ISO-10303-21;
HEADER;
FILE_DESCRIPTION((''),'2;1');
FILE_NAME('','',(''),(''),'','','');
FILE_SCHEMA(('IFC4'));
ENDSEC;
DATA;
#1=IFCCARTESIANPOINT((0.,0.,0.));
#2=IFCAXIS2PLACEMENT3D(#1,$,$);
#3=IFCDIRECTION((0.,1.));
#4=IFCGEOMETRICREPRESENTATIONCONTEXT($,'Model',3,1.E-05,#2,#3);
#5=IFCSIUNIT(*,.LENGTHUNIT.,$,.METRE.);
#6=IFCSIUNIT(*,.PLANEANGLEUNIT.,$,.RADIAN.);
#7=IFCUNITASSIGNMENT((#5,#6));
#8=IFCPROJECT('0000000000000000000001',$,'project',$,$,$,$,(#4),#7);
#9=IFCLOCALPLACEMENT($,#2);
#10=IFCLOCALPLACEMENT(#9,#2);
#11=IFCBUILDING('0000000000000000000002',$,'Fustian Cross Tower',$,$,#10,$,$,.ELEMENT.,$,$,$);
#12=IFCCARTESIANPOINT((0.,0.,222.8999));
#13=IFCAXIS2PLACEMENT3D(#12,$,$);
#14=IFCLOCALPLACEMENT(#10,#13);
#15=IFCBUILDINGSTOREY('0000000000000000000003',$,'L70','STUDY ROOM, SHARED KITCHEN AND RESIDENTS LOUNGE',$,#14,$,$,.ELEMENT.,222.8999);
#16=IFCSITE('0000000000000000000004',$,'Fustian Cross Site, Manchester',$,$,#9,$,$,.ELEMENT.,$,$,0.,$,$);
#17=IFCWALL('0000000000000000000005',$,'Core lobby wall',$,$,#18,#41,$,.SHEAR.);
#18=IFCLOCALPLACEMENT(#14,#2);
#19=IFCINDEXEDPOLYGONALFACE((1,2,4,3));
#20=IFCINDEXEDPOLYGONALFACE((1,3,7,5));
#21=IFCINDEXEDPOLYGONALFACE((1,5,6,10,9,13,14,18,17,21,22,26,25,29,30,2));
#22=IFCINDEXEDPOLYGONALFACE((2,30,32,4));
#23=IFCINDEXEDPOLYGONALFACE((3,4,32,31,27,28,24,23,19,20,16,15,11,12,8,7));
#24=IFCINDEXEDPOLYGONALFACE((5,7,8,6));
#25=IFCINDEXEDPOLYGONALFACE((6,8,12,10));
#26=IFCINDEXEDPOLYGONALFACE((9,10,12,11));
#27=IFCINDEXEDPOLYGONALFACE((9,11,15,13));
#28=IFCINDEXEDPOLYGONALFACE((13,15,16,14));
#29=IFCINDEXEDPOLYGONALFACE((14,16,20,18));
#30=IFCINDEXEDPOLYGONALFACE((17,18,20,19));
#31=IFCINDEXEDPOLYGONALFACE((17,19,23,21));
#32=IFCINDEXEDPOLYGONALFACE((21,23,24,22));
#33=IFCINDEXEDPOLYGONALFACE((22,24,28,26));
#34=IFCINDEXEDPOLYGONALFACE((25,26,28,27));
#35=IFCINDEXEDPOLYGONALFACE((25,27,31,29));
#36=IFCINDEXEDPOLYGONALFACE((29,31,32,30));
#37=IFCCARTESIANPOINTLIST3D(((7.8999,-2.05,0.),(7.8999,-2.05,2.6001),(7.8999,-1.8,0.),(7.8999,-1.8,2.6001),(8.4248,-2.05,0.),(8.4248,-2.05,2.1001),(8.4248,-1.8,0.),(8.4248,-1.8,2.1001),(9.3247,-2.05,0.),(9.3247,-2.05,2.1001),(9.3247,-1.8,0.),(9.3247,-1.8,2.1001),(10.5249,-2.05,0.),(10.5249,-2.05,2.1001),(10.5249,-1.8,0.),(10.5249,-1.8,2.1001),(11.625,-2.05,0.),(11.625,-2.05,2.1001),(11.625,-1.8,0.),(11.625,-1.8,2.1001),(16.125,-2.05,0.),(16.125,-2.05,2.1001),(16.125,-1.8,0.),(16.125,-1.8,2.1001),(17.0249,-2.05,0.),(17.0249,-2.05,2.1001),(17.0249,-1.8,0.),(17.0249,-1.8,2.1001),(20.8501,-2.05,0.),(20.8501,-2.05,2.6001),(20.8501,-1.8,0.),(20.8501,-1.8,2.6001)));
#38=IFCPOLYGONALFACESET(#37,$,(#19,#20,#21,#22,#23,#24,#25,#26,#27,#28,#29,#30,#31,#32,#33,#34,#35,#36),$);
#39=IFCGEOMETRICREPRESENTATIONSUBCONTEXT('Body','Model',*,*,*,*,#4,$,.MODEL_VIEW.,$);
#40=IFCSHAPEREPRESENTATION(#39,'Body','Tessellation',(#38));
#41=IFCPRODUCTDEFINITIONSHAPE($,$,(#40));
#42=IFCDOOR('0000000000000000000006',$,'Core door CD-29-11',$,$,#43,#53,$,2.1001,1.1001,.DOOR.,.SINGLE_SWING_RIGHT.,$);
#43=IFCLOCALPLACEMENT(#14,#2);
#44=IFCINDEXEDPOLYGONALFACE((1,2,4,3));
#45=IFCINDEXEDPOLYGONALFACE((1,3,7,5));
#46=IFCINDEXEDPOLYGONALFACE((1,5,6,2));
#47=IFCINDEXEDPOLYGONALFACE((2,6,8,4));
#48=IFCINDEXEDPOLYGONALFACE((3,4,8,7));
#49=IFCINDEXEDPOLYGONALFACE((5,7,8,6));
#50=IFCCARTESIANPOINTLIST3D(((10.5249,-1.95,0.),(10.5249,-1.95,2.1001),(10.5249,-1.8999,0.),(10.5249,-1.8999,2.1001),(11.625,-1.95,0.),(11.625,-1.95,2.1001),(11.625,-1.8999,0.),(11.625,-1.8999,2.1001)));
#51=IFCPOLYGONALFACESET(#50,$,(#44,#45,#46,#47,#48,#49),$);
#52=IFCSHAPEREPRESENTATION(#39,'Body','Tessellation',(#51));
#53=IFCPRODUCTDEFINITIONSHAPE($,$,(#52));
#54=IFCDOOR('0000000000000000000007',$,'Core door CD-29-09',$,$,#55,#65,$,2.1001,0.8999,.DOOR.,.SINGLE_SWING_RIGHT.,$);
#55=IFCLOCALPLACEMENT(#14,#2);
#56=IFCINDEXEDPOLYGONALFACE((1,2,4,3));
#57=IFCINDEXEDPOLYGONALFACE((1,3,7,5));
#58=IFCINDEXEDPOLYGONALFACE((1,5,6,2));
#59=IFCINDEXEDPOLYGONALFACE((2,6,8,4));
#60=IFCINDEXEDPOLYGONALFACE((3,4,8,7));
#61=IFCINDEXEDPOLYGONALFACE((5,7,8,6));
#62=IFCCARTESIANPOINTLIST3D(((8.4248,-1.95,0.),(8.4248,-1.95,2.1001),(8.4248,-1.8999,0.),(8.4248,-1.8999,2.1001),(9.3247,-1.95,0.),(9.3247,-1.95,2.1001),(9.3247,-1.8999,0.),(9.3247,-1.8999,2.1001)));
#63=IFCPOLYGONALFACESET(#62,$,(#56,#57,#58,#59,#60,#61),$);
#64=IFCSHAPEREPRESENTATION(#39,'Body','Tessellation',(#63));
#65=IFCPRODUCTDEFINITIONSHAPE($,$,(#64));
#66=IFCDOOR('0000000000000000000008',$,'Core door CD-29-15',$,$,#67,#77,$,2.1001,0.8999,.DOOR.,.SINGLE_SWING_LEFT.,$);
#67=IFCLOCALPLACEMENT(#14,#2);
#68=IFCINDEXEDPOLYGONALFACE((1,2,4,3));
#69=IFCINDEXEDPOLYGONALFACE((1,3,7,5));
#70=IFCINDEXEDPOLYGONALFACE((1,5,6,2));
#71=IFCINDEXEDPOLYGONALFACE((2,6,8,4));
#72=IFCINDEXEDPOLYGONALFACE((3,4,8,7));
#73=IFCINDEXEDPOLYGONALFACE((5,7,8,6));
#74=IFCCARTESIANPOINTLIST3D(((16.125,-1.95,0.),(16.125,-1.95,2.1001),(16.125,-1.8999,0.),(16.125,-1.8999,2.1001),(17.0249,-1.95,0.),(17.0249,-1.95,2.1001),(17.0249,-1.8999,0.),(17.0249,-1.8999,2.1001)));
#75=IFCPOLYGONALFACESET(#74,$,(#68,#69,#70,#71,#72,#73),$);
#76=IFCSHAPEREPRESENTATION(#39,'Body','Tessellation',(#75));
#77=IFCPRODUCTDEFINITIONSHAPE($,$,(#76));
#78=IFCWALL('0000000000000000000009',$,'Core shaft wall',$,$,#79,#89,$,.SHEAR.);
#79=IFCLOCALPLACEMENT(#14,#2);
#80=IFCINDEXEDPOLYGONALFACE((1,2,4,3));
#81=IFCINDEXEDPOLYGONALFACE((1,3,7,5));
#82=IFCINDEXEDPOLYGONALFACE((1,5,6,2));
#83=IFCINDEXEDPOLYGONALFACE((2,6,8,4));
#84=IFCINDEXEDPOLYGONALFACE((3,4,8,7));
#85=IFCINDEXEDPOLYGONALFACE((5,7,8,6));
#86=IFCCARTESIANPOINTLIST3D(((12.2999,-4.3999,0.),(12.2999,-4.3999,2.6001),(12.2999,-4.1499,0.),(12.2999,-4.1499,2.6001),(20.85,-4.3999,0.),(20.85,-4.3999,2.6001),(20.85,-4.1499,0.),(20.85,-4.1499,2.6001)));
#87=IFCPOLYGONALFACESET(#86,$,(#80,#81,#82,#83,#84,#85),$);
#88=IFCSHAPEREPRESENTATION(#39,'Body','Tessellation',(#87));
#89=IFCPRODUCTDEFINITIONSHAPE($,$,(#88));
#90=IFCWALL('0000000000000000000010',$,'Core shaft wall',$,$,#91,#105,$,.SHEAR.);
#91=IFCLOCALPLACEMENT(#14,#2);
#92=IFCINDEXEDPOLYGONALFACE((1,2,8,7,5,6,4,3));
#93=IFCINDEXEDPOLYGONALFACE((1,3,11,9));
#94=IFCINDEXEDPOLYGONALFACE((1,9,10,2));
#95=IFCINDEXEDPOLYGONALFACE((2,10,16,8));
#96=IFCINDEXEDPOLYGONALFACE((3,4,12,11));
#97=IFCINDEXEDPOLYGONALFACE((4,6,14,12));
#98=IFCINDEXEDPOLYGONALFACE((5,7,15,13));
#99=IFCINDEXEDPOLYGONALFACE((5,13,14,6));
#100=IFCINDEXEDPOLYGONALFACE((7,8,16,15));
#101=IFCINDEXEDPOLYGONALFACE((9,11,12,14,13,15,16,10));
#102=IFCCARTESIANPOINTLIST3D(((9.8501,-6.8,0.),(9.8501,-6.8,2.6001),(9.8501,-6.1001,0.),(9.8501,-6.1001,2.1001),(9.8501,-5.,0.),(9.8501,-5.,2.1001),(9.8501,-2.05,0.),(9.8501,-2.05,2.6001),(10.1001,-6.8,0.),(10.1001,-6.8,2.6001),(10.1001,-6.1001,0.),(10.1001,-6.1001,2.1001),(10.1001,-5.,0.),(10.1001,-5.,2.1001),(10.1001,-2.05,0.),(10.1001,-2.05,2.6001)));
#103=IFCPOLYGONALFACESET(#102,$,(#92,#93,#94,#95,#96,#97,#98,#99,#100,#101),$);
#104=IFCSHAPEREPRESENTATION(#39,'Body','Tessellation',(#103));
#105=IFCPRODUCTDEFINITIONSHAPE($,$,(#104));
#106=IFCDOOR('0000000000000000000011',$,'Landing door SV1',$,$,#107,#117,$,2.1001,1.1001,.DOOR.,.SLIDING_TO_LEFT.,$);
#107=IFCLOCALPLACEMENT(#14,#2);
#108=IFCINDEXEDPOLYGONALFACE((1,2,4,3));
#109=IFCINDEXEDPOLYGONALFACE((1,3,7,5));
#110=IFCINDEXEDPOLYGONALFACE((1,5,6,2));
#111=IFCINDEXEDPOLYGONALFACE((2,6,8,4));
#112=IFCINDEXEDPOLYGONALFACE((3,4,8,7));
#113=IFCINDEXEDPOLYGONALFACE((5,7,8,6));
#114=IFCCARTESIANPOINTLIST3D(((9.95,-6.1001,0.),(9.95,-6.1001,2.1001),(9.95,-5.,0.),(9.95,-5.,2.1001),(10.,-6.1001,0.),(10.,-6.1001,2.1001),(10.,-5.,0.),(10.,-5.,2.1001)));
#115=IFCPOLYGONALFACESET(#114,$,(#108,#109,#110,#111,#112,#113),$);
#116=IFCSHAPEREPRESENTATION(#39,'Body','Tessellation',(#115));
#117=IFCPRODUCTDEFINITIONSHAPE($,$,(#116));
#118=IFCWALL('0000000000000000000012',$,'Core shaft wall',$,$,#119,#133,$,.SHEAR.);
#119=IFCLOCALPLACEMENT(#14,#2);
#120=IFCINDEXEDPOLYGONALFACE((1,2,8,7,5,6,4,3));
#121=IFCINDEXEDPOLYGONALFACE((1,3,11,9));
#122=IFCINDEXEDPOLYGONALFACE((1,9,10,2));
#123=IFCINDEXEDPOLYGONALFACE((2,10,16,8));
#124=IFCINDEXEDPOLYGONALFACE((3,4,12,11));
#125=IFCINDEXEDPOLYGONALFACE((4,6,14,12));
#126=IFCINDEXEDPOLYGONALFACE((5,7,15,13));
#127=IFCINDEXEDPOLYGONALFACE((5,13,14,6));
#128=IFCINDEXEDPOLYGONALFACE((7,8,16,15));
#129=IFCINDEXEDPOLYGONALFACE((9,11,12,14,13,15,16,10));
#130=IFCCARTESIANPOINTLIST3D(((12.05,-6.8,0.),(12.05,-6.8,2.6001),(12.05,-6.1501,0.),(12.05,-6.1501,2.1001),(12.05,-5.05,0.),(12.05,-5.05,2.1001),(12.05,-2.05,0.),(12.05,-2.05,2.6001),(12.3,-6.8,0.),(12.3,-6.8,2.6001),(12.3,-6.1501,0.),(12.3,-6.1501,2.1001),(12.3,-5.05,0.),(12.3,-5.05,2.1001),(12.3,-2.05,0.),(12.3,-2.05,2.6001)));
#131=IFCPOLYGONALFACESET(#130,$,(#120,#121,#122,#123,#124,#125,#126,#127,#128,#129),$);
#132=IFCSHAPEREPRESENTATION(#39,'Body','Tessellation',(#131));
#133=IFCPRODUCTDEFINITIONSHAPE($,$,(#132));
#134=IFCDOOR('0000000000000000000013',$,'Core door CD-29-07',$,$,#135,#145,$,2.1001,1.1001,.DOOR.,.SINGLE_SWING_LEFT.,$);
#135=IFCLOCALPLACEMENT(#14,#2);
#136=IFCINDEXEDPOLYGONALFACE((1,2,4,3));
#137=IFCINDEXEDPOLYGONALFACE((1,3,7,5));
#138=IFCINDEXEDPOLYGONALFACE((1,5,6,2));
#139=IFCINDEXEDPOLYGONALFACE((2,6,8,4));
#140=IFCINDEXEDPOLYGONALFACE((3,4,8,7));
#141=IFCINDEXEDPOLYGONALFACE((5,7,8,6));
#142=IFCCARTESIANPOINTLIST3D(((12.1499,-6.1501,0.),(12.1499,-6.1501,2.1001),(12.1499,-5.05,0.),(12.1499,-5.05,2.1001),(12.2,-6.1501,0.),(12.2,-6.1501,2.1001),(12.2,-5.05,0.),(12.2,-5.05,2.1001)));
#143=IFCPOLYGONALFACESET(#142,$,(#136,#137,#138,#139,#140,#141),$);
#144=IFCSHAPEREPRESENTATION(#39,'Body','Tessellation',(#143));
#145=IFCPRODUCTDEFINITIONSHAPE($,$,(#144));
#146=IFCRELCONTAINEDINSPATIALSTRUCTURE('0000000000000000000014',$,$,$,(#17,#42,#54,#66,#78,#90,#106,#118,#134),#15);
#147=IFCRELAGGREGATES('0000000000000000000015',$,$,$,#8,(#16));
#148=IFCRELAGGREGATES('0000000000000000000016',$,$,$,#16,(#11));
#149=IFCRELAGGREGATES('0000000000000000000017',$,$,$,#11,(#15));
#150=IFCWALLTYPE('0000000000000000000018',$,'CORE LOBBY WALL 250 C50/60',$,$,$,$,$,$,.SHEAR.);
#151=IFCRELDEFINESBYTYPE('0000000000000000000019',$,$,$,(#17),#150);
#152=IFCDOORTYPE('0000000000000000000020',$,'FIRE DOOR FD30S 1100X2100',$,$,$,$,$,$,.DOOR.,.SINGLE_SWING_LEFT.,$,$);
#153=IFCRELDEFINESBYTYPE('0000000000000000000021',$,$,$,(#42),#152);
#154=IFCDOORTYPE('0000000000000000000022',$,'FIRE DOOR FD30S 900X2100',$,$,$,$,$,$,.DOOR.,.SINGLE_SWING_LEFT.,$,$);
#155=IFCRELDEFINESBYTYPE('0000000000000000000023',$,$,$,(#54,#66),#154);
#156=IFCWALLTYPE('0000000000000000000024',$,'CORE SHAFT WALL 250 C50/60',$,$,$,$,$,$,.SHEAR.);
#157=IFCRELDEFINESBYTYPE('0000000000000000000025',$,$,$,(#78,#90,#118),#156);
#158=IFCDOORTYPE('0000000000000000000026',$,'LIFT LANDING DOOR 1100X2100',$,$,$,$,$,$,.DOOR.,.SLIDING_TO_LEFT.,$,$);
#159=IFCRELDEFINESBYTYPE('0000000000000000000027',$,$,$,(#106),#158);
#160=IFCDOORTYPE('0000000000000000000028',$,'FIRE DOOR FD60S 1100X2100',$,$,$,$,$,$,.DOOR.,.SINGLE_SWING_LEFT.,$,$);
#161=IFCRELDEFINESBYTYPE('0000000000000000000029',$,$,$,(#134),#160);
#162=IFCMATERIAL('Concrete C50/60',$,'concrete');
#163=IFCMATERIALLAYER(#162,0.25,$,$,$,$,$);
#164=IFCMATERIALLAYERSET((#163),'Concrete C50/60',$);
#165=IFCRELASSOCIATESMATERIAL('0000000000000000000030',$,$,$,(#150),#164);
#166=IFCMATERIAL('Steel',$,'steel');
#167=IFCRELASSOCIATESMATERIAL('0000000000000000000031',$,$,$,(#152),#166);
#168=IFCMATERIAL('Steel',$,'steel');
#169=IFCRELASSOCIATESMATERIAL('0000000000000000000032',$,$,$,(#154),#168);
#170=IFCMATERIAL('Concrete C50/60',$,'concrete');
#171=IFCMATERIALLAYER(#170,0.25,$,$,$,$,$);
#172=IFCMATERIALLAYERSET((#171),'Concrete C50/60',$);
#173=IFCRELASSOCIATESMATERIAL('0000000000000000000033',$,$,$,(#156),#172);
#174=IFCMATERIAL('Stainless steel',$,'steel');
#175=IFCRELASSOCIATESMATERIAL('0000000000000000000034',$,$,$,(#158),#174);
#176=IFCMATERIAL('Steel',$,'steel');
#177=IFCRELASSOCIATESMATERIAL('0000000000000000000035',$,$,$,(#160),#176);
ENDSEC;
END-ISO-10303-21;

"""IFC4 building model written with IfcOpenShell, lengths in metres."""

from ifc_helpers import new_model, si_unit, direction, frame, frame_2d, origin, place, context, subcontext, project, spatial, rectangle, extrude, material, layer, layer_set, type_object, element, fill, save


model = new_model("IFC4")

# Units and contexts
model_context = context("Model", 3, precision=1e-05, world=origin(), true_north=direction((0.0, 1.0)))
body_context = subcontext(model_context, "Body", "Model", "MODEL_VIEW")
ifc_project = project(units=[si_unit("LENGTHUNIT", "METRE"), si_unit("PLANEANGLEUNIT", "RADIAN")], contexts=[model_context])

# Site, building, storey
site_placement = place(None, origin())
site = spatial("IfcSite", under=ifc_project, at=site_placement, Name="Fustian Cross Site, Manchester", CompositionType="ELEMENT", RefElevation=0.0)
building_placement = place(site_placement, origin())
building = spatial("IfcBuilding", under=site, at=building_placement, Name="Fustian Cross Tower", CompositionType="ELEMENT")
storey_placement = place(building_placement, frame((0.0, 0.0, 222.8999)))
storey = spatial("IfcBuildingStorey", under=building, at=storey_placement, Name="L70", Description="STUDY ROOM, SHARED KITCHEN AND RESIDENTS LOUNGE", CompositionType="ELEMENT", Elevation=222.8999)

# Wall, openings, doors
ifc_material_1 = material(Name="Concrete C50/60", Category="concrete")
ifc_layer_1 = layer(ifc_material_1, 0.25)
ifc_layer_set_1 = layer_set([ifc_layer_1], Name="Concrete C50/60")
wall_type_1 = type_object("IfcWallType", Name="CORE LOBBY WALL 250 C50/60", PredefinedType="SHEAR", material=ifc_layer_set_1)
wall_1_placement = place(storey_placement, frame((7.8999, -1.925, 0.0), z_axis=(0.0, 0.0, 1.0), x_axis=(1.0, 0.0, 0.0)))
wall_1 = element("IfcWall", 1, at=wall_1_placement, inside=storey, type_object=wall_type_1, Name="Core lobby wall", PredefinedType="SHEAR", context=body_context, shape_type="SweptSolid", body=[
    extrude(rectangle(XDim=12.9502, YDim=0.25, at=frame_2d((6.4751, 0.0))), origin(), (0.0, 0.0, 1.0), 2.6001),
])
opening_1_placement = place(wall_1_placement, frame((0.5249, 0.0, 0.0)))
opening_1 = element("IfcOpeningElement", 2, at=opening_1_placement, cuts=wall_1, PredefinedType="OPENING", context=body_context, shape_type="SweptSolid", body=[
    extrude(rectangle(XDim=0.8999, YDim=2.1001, at=frame_2d((0.45, 1.05))), frame((0.0, 0.135, 0.0), z_axis=(0.0, -1.0, 0.0), x_axis=(1.0, 0.0, 0.0)), (0.0, 0.0, 1.0), 0.27),
])
opening_2_placement = place(wall_1_placement, frame((2.625, 0.0, 0.0)))
opening_2 = element("IfcOpeningElement", 3, at=opening_2_placement, cuts=wall_1, PredefinedType="OPENING", context=body_context, shape_type="SweptSolid", body=[
    extrude(rectangle(XDim=1.1001, YDim=2.1001, at=frame_2d((0.55, 1.05))), frame((0.0, 0.135, 0.0), z_axis=(0.0, -1.0, 0.0), x_axis=(1.0, 0.0, 0.0)), (0.0, 0.0, 1.0), 0.27),
])
opening_3_placement = place(wall_1_placement, frame((8.2251, 0.0, 0.0)))
opening_3 = element("IfcOpeningElement", 4, at=opening_3_placement, cuts=wall_1, PredefinedType="OPENING", context=body_context, shape_type="SweptSolid", body=[
    extrude(rectangle(XDim=0.8999, YDim=2.1001, at=frame_2d((0.45, 1.05))), frame((0.0, 0.135, 0.0), z_axis=(0.0, -1.0, 0.0), x_axis=(1.0, 0.0, 0.0)), (0.0, 0.0, 1.0), 0.27),
])
ifc_material_2 = material(Name="Steel", Category="steel")
door_type_1 = type_object("IfcDoorType", Name="FIRE DOOR FD30S 1100X2100", OperationType="SINGLE_SWING_LEFT", PredefinedType="DOOR", material=ifc_material_2)
door_1_placement = place(opening_2_placement, frame((1.1001, 0.0, 0.0), z_axis=(0.0, 0.0, 1.0), x_axis=(-1.0, 0.0, 0.0)))
door_1 = element("IfcDoor", 5, at=door_1_placement, inside=storey, type_object=door_type_1, Name="Core door CD-29-11", OperationType="SINGLE_SWING_RIGHT", OverallHeight=2.1001, OverallWidth=1.1001, PredefinedType="DOOR", context=body_context, shape_type="SweptSolid", body=[
    extrude(rectangle(XDim=1.1001, YDim=2.1001, at=frame_2d((0.55, 1.05))), frame((0.0, 0.0249, 0.0), z_axis=(0.0, -1.0, 0.0), x_axis=(1.0, 0.0, 0.0)), (0.0, 0.0, 1.0), 0.05),
])
fill(opening_2, door_1)
ifc_material_3 = material(Name="Steel", Category="steel")
door_type_2 = type_object("IfcDoorType", Name="FIRE DOOR FD30S 900X2100", OperationType="SINGLE_SWING_LEFT", PredefinedType="DOOR", material=ifc_material_3)
door_2_placement = place(opening_1_placement, frame((0.8999, 0.0, 0.0), z_axis=(0.0, 0.0, 1.0), x_axis=(-1.0, 0.0, 0.0)))
door_2 = element("IfcDoor", 6, at=door_2_placement, inside=storey, type_object=door_type_2, Name="Core door CD-29-09", OperationType="SINGLE_SWING_RIGHT", OverallHeight=2.1001, OverallWidth=0.8999, PredefinedType="DOOR", context=body_context, shape_type="SweptSolid", body=[
    extrude(rectangle(XDim=0.8999, YDim=2.1001, at=frame_2d((0.45, 1.05))), frame((0.0, 0.0249, 0.0), z_axis=(0.0, -1.0, 0.0), x_axis=(1.0, 0.0, 0.0)), (0.0, 0.0, 1.0), 0.05),
])
fill(opening_1, door_2)
door_3_placement = place(opening_3_placement, frame((0.8999, 0.0, 0.0), z_axis=(0.0, 0.0, 1.0), x_axis=(-1.0, 0.0, 0.0)))
door_3 = element("IfcDoor", 7, at=door_3_placement, inside=storey, type_object=door_type_2, Name="Core door CD-29-15", OperationType="SINGLE_SWING_LEFT", OverallHeight=2.1001, OverallWidth=0.8999, PredefinedType="DOOR", context=body_context, shape_type="SweptSolid", body=[
    extrude(rectangle(XDim=0.8999, YDim=2.1001, at=frame_2d((0.45, 1.05))), frame((0.0, 0.0249, 0.0), z_axis=(0.0, -1.0, 0.0), x_axis=(1.0, 0.0, 0.0)), (0.0, 0.0, 1.0), 0.05),
])
fill(opening_3, door_3)

# Wall
ifc_material_4 = material(Name="Concrete C50/60", Category="concrete")
ifc_layer_2 = layer(ifc_material_4, 0.25)
ifc_layer_set_2 = layer_set([ifc_layer_2], Name="Concrete C50/60")
wall_type_2 = type_object("IfcWallType", Name="CORE SHAFT WALL 250 C50/60", PredefinedType="SHEAR", material=ifc_layer_set_2)
wall_2_placement = place(storey_placement, frame((12.3, -4.2749, 0.0), z_axis=(0.0, 0.0, 1.0), x_axis=(1.0, 0.0, 0.0)))
element("IfcWall", 8, at=wall_2_placement, inside=storey, type_object=wall_type_2, Name="Core shaft wall", PredefinedType="SHEAR", context=body_context, shape_type="SweptSolid", body=[
    extrude(rectangle(XDim=8.55, YDim=0.25, at=frame_2d((4.2749, 0.0))), origin(), (0.0, 0.0, 1.0), 2.6001),
])

# Walls, openings, doors
wall_3_placement = place(storey_placement, frame((9.9751, -2.05, 0.0), z_axis=(0.0, 0.0, 1.0), x_axis=(0.0, -1.0, 0.0)))
wall_3 = element("IfcWall", 9, at=wall_3_placement, inside=storey, type_object=wall_type_2, Name="Core shaft wall", PredefinedType="SHEAR", context=body_context, shape_type="SweptSolid", body=[
    extrude(rectangle(XDim=4.75, YDim=0.25, at=frame_2d((2.375, 0.0))), origin(), (0.0, 0.0, 1.0), 2.6001),
])
opening_4_placement = place(wall_3_placement, frame((2.95, 0.0, 0.0)))
opening_4 = element("IfcOpeningElement", 10, at=opening_4_placement, cuts=wall_3, PredefinedType="OPENING", context=body_context, shape_type="SweptSolid", body=[
    extrude(rectangle(XDim=1.1001, YDim=2.1001, at=frame_2d((0.55, 1.05))), frame((0.0, 0.135, 0.0), z_axis=(0.0, -1.0, 0.0), x_axis=(1.0, 0.0, 0.0)), (0.0, 0.0, 1.0), 0.27),
])
ifc_material_5 = material(Name="Stainless steel", Category="steel")
door_type_3 = type_object("IfcDoorType", Name="LIFT LANDING DOOR 1100X2100", OperationType="SLIDING_TO_LEFT", PredefinedType="DOOR", material=ifc_material_5)
door_4_placement = place(opening_4_placement, origin())
door_4 = element("IfcDoor", 11, at=door_4_placement, inside=storey, type_object=door_type_3, Name="Landing door SV1", OperationType="SLIDING_TO_LEFT", OverallHeight=2.1001, OverallWidth=1.1001, PredefinedType="DOOR", context=body_context, shape_type="SweptSolid", body=[
    extrude(rectangle(XDim=1.1001, YDim=2.1001, at=frame_2d((0.55, 1.05))), frame((0.0, 0.0249, 0.0), z_axis=(0.0, -1.0, 0.0), x_axis=(1.0, 0.0, 0.0)), (0.0, 0.0, 1.0), 0.05),
])
fill(opening_4, door_4)
wall_4_placement = place(storey_placement, frame((12.175, -2.05, 0.0), z_axis=(0.0, 0.0, 1.0), x_axis=(0.0, -1.0, 0.0)))
wall_4 = element("IfcWall", 12, at=wall_4_placement, inside=storey, type_object=wall_type_2, Name="Core shaft wall", PredefinedType="SHEAR", context=body_context, shape_type="SweptSolid", body=[
    extrude(rectangle(XDim=4.75, YDim=0.25, at=frame_2d((2.375, 0.0))), origin(), (0.0, 0.0, 1.0), 2.6001),
])
opening_5_placement = place(wall_4_placement, frame((3.0, 0.0, 0.0)))
opening_5 = element("IfcOpeningElement", 13, at=opening_5_placement, cuts=wall_4, PredefinedType="OPENING", context=body_context, shape_type="SweptSolid", body=[
    extrude(rectangle(XDim=1.1001, YDim=2.1001, at=frame_2d((0.55, 1.05))), frame((0.0, 0.135, 0.0), z_axis=(0.0, -1.0, 0.0), x_axis=(1.0, 0.0, 0.0)), (0.0, 0.0, 1.0), 0.27),
])
ifc_material_6 = material(Name="Steel", Category="steel")
door_type_4 = type_object("IfcDoorType", Name="FIRE DOOR FD60S 1100X2100", OperationType="SINGLE_SWING_LEFT", PredefinedType="DOOR", material=ifc_material_6)
door_5_placement = place(opening_5_placement, origin())
door_5 = element("IfcDoor", 14, at=door_5_placement, inside=storey, type_object=door_type_4, Name="Core door CD-29-07", OperationType="SINGLE_SWING_LEFT", OverallHeight=2.1001, OverallWidth=1.1001, PredefinedType="DOOR", context=body_context, shape_type="SweptSolid", body=[
    extrude(rectangle(XDim=1.1001, YDim=2.1001, at=frame_2d((0.55, 1.05))), frame((0.0, 0.0249, 0.0), z_axis=(0.0, -1.0, 0.0), x_axis=(1.0, 0.0, 0.0)), (0.0, 0.0, 1.0), 0.05),
])
fill(opening_5, door_5)

save(model, "model.ifc")
